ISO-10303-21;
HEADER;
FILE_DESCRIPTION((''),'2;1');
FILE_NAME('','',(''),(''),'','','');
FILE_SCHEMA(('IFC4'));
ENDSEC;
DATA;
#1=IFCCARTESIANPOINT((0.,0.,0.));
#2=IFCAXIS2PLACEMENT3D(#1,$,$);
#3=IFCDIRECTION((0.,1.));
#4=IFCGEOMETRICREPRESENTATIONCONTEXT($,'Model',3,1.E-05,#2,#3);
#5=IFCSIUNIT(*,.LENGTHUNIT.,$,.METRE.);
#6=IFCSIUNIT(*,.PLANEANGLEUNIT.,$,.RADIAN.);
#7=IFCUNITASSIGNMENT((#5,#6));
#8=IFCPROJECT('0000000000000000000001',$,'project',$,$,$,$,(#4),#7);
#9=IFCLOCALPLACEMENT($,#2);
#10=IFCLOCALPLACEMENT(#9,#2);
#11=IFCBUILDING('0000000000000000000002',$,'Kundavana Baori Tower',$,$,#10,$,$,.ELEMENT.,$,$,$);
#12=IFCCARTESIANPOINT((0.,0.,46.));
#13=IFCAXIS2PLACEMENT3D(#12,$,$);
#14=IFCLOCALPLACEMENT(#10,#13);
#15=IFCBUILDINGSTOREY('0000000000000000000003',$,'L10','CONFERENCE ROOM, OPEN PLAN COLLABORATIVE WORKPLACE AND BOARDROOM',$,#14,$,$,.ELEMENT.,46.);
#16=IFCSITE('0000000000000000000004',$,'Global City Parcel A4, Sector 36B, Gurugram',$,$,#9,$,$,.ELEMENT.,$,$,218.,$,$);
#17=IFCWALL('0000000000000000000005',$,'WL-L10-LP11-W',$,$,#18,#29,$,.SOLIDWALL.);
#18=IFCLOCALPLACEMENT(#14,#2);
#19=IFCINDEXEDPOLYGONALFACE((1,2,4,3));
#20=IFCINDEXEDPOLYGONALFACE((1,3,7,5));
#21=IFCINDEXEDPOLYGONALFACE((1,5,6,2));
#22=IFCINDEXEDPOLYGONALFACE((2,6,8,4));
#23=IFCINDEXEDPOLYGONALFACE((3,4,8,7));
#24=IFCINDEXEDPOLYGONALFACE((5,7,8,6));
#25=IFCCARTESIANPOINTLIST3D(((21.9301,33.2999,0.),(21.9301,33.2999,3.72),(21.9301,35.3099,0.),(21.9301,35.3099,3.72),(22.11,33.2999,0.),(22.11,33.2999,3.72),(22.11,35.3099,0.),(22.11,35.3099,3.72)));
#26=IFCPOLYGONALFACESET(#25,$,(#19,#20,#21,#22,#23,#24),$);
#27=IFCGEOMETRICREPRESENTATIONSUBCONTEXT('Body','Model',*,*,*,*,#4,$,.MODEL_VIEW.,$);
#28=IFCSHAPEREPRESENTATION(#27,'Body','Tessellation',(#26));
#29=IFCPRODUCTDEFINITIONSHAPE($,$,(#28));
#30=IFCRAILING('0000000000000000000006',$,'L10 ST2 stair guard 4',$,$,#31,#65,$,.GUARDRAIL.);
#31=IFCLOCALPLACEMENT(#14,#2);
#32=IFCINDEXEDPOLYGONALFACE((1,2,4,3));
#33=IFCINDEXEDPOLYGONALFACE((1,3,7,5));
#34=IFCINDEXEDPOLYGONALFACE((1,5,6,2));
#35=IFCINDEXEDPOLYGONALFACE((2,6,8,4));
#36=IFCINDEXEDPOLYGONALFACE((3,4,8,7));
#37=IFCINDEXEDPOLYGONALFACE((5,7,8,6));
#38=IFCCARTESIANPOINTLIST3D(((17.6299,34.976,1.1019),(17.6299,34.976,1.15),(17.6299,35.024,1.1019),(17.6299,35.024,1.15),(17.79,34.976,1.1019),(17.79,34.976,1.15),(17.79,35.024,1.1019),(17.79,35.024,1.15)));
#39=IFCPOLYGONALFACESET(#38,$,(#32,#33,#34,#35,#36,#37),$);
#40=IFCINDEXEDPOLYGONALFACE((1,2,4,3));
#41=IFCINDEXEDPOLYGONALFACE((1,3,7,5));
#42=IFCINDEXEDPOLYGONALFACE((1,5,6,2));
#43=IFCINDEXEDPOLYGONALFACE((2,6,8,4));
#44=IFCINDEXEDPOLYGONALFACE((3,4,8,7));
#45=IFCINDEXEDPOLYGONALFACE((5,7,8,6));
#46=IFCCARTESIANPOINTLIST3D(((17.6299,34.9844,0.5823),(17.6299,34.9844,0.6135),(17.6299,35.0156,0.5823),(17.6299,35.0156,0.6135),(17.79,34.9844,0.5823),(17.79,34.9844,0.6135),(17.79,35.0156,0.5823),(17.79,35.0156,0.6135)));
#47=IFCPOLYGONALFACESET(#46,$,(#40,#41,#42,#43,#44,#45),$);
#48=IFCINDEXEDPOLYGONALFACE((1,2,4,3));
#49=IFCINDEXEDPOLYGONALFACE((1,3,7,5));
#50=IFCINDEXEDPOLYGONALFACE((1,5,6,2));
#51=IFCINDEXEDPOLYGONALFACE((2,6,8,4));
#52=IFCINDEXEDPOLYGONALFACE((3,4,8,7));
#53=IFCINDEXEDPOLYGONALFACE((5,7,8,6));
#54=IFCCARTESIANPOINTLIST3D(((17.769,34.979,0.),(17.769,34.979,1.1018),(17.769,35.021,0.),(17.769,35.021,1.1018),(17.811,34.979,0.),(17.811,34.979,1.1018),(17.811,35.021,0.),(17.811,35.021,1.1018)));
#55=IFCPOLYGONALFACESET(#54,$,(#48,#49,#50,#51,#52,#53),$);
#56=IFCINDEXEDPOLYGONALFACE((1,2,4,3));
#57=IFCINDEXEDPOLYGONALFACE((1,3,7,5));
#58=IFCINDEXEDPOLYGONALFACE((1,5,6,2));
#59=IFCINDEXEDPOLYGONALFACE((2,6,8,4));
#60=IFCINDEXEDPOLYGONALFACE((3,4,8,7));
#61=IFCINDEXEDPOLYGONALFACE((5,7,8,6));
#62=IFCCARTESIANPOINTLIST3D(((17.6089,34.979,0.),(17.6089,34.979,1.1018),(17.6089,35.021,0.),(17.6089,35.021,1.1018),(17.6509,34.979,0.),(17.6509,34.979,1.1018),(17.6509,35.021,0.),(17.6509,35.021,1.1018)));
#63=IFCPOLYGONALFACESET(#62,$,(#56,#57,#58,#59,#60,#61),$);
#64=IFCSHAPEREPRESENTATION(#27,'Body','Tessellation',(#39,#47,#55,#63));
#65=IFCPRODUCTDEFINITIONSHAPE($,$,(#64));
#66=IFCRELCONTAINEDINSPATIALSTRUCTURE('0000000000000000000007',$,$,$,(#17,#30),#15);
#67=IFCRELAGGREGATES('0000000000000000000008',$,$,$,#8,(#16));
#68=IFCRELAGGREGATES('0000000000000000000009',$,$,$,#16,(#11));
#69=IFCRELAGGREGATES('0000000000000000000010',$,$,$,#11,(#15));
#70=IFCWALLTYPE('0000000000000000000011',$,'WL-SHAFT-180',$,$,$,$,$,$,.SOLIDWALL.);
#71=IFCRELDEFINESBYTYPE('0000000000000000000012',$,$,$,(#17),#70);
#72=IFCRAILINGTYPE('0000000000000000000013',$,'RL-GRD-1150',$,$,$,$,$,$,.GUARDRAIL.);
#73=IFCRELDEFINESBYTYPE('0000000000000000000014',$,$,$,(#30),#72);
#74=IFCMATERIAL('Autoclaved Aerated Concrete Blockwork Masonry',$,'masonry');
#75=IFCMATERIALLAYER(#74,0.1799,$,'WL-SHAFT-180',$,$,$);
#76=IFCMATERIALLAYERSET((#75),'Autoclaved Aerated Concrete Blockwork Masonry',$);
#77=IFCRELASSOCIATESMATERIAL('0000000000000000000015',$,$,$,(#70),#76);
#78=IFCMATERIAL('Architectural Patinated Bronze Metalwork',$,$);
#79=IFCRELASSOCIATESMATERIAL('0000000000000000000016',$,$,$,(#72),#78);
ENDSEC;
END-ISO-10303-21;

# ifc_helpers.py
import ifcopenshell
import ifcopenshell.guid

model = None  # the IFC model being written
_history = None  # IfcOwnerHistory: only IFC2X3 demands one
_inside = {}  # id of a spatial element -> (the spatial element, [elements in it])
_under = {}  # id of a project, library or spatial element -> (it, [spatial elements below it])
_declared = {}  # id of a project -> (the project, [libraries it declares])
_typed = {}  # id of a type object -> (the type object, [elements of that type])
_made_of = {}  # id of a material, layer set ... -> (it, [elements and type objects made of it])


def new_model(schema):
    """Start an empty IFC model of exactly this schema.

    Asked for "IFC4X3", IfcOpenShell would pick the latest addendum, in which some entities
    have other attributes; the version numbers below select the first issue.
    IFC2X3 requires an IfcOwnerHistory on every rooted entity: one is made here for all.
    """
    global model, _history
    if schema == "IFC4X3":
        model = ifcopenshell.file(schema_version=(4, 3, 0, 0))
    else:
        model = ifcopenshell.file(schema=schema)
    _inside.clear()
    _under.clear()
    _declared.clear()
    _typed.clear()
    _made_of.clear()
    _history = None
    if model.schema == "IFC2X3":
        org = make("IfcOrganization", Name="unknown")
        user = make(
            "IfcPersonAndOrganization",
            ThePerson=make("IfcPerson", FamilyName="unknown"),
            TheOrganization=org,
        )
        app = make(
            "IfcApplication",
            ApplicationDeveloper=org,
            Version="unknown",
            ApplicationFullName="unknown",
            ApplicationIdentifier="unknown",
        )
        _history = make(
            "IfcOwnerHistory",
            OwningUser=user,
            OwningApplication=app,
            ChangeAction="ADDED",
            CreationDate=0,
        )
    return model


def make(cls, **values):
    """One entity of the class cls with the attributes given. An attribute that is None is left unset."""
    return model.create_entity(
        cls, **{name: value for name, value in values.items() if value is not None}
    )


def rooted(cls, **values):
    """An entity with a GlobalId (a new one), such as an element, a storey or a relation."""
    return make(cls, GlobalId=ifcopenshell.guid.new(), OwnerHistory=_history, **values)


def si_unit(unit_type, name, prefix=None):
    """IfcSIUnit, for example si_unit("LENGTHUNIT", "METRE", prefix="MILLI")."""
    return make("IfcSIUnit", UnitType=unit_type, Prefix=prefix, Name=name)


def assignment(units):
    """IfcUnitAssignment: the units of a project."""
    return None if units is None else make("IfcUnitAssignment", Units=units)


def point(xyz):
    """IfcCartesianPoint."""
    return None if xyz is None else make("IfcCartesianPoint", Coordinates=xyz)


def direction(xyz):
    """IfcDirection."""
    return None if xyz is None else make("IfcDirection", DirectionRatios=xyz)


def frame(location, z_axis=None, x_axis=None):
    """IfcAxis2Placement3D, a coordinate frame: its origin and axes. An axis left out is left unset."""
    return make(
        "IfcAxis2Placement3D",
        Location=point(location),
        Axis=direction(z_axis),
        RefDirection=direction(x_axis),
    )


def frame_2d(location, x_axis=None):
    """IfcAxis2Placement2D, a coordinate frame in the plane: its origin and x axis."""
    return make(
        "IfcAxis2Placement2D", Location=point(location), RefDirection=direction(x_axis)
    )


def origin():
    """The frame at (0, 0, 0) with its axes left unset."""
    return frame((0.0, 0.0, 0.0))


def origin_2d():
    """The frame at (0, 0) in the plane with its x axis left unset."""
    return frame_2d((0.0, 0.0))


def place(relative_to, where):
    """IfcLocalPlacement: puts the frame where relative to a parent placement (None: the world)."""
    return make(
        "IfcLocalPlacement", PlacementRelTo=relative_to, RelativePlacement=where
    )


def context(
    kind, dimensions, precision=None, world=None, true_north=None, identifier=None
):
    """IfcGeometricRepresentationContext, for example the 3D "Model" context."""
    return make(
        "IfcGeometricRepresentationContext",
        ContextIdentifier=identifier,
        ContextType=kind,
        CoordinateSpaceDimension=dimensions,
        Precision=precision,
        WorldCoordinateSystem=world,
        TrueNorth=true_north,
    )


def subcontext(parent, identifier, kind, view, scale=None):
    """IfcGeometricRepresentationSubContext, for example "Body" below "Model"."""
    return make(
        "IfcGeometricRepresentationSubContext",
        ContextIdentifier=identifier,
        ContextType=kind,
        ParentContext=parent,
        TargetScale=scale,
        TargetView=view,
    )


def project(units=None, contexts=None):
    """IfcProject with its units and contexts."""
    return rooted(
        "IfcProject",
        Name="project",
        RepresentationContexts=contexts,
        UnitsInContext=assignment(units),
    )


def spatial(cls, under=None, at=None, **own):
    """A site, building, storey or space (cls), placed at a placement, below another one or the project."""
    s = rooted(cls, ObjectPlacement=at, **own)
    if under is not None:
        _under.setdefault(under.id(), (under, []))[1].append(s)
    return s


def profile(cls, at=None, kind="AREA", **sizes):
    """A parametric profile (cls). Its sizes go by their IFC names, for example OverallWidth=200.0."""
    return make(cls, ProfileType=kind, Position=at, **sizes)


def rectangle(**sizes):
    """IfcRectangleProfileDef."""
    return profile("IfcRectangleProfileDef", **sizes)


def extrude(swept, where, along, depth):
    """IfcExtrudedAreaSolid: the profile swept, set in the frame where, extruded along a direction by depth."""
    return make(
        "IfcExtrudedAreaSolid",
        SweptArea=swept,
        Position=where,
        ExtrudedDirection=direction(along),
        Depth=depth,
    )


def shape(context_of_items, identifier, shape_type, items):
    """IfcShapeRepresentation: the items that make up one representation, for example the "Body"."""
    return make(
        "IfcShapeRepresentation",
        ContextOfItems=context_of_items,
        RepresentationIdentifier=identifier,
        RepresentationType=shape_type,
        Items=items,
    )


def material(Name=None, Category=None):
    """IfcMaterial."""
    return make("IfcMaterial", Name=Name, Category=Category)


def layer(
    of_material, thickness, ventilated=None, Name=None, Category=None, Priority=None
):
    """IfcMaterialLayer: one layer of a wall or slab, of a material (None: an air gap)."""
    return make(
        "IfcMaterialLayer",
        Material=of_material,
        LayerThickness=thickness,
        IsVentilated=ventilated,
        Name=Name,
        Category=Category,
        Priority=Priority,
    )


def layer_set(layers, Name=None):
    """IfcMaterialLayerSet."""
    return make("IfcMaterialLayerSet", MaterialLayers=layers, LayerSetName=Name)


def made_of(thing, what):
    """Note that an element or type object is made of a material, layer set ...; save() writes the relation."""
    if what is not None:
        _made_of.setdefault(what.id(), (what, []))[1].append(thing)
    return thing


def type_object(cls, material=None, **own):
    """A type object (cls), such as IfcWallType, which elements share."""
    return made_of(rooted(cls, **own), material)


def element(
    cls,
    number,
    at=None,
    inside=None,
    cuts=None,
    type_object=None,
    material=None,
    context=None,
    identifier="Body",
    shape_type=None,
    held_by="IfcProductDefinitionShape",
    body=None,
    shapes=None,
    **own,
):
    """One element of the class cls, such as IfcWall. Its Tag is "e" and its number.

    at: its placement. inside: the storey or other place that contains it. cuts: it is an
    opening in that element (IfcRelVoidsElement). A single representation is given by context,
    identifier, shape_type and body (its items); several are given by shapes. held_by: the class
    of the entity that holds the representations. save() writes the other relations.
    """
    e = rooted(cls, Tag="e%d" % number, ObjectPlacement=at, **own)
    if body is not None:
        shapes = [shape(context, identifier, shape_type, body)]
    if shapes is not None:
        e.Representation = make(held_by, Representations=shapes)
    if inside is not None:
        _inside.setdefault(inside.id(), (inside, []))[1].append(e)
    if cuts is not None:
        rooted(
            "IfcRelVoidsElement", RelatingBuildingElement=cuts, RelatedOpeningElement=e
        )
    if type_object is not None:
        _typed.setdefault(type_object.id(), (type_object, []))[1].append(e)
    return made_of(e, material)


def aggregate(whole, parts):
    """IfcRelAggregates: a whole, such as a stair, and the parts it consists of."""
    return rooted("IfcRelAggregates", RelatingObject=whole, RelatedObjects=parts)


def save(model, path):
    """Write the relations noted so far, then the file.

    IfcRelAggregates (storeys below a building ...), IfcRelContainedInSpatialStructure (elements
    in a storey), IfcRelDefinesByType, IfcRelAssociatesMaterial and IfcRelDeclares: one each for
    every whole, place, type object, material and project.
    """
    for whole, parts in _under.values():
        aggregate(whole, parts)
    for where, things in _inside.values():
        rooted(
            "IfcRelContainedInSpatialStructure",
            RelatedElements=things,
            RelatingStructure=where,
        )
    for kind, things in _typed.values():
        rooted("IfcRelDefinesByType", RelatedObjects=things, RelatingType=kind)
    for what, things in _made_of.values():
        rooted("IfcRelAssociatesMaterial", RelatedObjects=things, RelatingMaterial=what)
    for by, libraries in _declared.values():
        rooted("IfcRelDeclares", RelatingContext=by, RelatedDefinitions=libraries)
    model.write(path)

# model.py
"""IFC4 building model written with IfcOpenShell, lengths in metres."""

from ifc_helpers import new_model, si_unit, direction, frame, frame_2d, origin, origin_2d, place, context, subcontext, project, spatial, rectangle, extrude, material, layer, layer_set, type_object, element, save


model = new_model("IFC4")

# Units and contexts
model_context = context("Model", 3, precision=1e-05, world=origin(), true_north=direction((0.0, 1.0)))
body_context = subcontext(model_context, "Body", "Model", "MODEL_VIEW")
ifc_project = project(units=[si_unit("LENGTHUNIT", "METRE"), si_unit("PLANEANGLEUNIT", "RADIAN")], contexts=[model_context])

# Site, building, storey
site_placement = place(None, origin())
site = spatial("IfcSite", under=ifc_project, at=site_placement, Name="Global City Parcel A4, Sector 36B, Gurugram", CompositionType="ELEMENT", RefElevation=218.0)
building_placement = place(site_placement, origin())
building = spatial("IfcBuilding", under=site, at=building_placement, Name="Kundavana Baori Tower", CompositionType="ELEMENT")
storey_placement = place(building_placement, frame((0.0, 0.0, 46.0)))
storey = spatial("IfcBuildingStorey", under=building, at=storey_placement, Name="L10", Description="CONFERENCE ROOM, OPEN PLAN COLLABORATIVE WORKPLACE AND BOARDROOM", CompositionType="ELEMENT", Elevation=46.0)

# Shared definitions
ifc_material_1 = material(Name="Autoclaved Aerated Concrete Blockwork Masonry", Category="masonry")
ifc_layer_1 = layer(ifc_material_1, 0.1799, Name="WL-SHAFT-180")
ifc_layer_set_1 = layer_set([ifc_layer_1], Name="Autoclaved Aerated Concrete Blockwork Masonry")
wall_type_1 = type_object("IfcWallType", Name="WL-SHAFT-180", PredefinedType="SOLIDWALL", material=ifc_layer_set_1)

# Wall
wall_1_placement = place(storey_placement, frame((22.02, 33.3, 0.0), z_axis=(0.0, 0.0, 1.0), x_axis=(0.0, 1.0, 0.0)))
element("IfcWall", 1, at=wall_1_placement, inside=storey, type_object=wall_type_1, Name="WL-L10-LP11-W", PredefinedType="SOLIDWALL", context=body_context, shape_type="SweptSolid", body=[
    extrude(rectangle(XDim=2.01, YDim=0.1799, at=frame_2d((1.0049, 0.0))), origin(), (0.0, 0.0, 1.0), 3.72),
])

# Railing
ifc_material_2 = material(Name="Architectural Patinated Bronze Metalwork")
railing_type = type_object("IfcRailingType", Name="RL-GRD-1150", PredefinedType="GUARDRAIL", material=ifc_material_2)
railing_placement = place(storey_placement, frame((17.79, 35.0, 0.0)))
element("IfcRailing", 2, at=railing_placement, inside=storey, type_object=railing_type, Name="L10 ST2 stair guard 4", PredefinedType="GUARDRAIL", context=body_context, shape_type="SweptSolid", body=[
    extrude(rectangle(XDim=0.0481, YDim=0.0481, at=origin_2d()), frame((0.0, 0.0, 1.126), z_axis=(-1.0, 0.0, 0.0), x_axis=(0.0, -1.0, 0.0)), (0.0, 0.0, 1.0), 0.1602),
    extrude(rectangle(XDim=0.0312, YDim=0.0312, at=origin_2d()), frame((0.0, 0.0, 0.5979), z_axis=(-1.0, 0.0, 0.0), x_axis=(0.0, -1.0, 0.0)), (0.0, 0.0, 1.0), 0.1602),
    extrude(rectangle(XDim=0.042, YDim=0.042, at=origin_2d()), origin(), (0.0, 0.0, 1.0), 1.1018),
    extrude(rectangle(XDim=0.042, YDim=0.042, at=origin_2d()), frame((-0.1602, 0.0, 0.0)), (0.0, 0.0, 1.0), 1.1018),
])

save(model, "model.ifc")
